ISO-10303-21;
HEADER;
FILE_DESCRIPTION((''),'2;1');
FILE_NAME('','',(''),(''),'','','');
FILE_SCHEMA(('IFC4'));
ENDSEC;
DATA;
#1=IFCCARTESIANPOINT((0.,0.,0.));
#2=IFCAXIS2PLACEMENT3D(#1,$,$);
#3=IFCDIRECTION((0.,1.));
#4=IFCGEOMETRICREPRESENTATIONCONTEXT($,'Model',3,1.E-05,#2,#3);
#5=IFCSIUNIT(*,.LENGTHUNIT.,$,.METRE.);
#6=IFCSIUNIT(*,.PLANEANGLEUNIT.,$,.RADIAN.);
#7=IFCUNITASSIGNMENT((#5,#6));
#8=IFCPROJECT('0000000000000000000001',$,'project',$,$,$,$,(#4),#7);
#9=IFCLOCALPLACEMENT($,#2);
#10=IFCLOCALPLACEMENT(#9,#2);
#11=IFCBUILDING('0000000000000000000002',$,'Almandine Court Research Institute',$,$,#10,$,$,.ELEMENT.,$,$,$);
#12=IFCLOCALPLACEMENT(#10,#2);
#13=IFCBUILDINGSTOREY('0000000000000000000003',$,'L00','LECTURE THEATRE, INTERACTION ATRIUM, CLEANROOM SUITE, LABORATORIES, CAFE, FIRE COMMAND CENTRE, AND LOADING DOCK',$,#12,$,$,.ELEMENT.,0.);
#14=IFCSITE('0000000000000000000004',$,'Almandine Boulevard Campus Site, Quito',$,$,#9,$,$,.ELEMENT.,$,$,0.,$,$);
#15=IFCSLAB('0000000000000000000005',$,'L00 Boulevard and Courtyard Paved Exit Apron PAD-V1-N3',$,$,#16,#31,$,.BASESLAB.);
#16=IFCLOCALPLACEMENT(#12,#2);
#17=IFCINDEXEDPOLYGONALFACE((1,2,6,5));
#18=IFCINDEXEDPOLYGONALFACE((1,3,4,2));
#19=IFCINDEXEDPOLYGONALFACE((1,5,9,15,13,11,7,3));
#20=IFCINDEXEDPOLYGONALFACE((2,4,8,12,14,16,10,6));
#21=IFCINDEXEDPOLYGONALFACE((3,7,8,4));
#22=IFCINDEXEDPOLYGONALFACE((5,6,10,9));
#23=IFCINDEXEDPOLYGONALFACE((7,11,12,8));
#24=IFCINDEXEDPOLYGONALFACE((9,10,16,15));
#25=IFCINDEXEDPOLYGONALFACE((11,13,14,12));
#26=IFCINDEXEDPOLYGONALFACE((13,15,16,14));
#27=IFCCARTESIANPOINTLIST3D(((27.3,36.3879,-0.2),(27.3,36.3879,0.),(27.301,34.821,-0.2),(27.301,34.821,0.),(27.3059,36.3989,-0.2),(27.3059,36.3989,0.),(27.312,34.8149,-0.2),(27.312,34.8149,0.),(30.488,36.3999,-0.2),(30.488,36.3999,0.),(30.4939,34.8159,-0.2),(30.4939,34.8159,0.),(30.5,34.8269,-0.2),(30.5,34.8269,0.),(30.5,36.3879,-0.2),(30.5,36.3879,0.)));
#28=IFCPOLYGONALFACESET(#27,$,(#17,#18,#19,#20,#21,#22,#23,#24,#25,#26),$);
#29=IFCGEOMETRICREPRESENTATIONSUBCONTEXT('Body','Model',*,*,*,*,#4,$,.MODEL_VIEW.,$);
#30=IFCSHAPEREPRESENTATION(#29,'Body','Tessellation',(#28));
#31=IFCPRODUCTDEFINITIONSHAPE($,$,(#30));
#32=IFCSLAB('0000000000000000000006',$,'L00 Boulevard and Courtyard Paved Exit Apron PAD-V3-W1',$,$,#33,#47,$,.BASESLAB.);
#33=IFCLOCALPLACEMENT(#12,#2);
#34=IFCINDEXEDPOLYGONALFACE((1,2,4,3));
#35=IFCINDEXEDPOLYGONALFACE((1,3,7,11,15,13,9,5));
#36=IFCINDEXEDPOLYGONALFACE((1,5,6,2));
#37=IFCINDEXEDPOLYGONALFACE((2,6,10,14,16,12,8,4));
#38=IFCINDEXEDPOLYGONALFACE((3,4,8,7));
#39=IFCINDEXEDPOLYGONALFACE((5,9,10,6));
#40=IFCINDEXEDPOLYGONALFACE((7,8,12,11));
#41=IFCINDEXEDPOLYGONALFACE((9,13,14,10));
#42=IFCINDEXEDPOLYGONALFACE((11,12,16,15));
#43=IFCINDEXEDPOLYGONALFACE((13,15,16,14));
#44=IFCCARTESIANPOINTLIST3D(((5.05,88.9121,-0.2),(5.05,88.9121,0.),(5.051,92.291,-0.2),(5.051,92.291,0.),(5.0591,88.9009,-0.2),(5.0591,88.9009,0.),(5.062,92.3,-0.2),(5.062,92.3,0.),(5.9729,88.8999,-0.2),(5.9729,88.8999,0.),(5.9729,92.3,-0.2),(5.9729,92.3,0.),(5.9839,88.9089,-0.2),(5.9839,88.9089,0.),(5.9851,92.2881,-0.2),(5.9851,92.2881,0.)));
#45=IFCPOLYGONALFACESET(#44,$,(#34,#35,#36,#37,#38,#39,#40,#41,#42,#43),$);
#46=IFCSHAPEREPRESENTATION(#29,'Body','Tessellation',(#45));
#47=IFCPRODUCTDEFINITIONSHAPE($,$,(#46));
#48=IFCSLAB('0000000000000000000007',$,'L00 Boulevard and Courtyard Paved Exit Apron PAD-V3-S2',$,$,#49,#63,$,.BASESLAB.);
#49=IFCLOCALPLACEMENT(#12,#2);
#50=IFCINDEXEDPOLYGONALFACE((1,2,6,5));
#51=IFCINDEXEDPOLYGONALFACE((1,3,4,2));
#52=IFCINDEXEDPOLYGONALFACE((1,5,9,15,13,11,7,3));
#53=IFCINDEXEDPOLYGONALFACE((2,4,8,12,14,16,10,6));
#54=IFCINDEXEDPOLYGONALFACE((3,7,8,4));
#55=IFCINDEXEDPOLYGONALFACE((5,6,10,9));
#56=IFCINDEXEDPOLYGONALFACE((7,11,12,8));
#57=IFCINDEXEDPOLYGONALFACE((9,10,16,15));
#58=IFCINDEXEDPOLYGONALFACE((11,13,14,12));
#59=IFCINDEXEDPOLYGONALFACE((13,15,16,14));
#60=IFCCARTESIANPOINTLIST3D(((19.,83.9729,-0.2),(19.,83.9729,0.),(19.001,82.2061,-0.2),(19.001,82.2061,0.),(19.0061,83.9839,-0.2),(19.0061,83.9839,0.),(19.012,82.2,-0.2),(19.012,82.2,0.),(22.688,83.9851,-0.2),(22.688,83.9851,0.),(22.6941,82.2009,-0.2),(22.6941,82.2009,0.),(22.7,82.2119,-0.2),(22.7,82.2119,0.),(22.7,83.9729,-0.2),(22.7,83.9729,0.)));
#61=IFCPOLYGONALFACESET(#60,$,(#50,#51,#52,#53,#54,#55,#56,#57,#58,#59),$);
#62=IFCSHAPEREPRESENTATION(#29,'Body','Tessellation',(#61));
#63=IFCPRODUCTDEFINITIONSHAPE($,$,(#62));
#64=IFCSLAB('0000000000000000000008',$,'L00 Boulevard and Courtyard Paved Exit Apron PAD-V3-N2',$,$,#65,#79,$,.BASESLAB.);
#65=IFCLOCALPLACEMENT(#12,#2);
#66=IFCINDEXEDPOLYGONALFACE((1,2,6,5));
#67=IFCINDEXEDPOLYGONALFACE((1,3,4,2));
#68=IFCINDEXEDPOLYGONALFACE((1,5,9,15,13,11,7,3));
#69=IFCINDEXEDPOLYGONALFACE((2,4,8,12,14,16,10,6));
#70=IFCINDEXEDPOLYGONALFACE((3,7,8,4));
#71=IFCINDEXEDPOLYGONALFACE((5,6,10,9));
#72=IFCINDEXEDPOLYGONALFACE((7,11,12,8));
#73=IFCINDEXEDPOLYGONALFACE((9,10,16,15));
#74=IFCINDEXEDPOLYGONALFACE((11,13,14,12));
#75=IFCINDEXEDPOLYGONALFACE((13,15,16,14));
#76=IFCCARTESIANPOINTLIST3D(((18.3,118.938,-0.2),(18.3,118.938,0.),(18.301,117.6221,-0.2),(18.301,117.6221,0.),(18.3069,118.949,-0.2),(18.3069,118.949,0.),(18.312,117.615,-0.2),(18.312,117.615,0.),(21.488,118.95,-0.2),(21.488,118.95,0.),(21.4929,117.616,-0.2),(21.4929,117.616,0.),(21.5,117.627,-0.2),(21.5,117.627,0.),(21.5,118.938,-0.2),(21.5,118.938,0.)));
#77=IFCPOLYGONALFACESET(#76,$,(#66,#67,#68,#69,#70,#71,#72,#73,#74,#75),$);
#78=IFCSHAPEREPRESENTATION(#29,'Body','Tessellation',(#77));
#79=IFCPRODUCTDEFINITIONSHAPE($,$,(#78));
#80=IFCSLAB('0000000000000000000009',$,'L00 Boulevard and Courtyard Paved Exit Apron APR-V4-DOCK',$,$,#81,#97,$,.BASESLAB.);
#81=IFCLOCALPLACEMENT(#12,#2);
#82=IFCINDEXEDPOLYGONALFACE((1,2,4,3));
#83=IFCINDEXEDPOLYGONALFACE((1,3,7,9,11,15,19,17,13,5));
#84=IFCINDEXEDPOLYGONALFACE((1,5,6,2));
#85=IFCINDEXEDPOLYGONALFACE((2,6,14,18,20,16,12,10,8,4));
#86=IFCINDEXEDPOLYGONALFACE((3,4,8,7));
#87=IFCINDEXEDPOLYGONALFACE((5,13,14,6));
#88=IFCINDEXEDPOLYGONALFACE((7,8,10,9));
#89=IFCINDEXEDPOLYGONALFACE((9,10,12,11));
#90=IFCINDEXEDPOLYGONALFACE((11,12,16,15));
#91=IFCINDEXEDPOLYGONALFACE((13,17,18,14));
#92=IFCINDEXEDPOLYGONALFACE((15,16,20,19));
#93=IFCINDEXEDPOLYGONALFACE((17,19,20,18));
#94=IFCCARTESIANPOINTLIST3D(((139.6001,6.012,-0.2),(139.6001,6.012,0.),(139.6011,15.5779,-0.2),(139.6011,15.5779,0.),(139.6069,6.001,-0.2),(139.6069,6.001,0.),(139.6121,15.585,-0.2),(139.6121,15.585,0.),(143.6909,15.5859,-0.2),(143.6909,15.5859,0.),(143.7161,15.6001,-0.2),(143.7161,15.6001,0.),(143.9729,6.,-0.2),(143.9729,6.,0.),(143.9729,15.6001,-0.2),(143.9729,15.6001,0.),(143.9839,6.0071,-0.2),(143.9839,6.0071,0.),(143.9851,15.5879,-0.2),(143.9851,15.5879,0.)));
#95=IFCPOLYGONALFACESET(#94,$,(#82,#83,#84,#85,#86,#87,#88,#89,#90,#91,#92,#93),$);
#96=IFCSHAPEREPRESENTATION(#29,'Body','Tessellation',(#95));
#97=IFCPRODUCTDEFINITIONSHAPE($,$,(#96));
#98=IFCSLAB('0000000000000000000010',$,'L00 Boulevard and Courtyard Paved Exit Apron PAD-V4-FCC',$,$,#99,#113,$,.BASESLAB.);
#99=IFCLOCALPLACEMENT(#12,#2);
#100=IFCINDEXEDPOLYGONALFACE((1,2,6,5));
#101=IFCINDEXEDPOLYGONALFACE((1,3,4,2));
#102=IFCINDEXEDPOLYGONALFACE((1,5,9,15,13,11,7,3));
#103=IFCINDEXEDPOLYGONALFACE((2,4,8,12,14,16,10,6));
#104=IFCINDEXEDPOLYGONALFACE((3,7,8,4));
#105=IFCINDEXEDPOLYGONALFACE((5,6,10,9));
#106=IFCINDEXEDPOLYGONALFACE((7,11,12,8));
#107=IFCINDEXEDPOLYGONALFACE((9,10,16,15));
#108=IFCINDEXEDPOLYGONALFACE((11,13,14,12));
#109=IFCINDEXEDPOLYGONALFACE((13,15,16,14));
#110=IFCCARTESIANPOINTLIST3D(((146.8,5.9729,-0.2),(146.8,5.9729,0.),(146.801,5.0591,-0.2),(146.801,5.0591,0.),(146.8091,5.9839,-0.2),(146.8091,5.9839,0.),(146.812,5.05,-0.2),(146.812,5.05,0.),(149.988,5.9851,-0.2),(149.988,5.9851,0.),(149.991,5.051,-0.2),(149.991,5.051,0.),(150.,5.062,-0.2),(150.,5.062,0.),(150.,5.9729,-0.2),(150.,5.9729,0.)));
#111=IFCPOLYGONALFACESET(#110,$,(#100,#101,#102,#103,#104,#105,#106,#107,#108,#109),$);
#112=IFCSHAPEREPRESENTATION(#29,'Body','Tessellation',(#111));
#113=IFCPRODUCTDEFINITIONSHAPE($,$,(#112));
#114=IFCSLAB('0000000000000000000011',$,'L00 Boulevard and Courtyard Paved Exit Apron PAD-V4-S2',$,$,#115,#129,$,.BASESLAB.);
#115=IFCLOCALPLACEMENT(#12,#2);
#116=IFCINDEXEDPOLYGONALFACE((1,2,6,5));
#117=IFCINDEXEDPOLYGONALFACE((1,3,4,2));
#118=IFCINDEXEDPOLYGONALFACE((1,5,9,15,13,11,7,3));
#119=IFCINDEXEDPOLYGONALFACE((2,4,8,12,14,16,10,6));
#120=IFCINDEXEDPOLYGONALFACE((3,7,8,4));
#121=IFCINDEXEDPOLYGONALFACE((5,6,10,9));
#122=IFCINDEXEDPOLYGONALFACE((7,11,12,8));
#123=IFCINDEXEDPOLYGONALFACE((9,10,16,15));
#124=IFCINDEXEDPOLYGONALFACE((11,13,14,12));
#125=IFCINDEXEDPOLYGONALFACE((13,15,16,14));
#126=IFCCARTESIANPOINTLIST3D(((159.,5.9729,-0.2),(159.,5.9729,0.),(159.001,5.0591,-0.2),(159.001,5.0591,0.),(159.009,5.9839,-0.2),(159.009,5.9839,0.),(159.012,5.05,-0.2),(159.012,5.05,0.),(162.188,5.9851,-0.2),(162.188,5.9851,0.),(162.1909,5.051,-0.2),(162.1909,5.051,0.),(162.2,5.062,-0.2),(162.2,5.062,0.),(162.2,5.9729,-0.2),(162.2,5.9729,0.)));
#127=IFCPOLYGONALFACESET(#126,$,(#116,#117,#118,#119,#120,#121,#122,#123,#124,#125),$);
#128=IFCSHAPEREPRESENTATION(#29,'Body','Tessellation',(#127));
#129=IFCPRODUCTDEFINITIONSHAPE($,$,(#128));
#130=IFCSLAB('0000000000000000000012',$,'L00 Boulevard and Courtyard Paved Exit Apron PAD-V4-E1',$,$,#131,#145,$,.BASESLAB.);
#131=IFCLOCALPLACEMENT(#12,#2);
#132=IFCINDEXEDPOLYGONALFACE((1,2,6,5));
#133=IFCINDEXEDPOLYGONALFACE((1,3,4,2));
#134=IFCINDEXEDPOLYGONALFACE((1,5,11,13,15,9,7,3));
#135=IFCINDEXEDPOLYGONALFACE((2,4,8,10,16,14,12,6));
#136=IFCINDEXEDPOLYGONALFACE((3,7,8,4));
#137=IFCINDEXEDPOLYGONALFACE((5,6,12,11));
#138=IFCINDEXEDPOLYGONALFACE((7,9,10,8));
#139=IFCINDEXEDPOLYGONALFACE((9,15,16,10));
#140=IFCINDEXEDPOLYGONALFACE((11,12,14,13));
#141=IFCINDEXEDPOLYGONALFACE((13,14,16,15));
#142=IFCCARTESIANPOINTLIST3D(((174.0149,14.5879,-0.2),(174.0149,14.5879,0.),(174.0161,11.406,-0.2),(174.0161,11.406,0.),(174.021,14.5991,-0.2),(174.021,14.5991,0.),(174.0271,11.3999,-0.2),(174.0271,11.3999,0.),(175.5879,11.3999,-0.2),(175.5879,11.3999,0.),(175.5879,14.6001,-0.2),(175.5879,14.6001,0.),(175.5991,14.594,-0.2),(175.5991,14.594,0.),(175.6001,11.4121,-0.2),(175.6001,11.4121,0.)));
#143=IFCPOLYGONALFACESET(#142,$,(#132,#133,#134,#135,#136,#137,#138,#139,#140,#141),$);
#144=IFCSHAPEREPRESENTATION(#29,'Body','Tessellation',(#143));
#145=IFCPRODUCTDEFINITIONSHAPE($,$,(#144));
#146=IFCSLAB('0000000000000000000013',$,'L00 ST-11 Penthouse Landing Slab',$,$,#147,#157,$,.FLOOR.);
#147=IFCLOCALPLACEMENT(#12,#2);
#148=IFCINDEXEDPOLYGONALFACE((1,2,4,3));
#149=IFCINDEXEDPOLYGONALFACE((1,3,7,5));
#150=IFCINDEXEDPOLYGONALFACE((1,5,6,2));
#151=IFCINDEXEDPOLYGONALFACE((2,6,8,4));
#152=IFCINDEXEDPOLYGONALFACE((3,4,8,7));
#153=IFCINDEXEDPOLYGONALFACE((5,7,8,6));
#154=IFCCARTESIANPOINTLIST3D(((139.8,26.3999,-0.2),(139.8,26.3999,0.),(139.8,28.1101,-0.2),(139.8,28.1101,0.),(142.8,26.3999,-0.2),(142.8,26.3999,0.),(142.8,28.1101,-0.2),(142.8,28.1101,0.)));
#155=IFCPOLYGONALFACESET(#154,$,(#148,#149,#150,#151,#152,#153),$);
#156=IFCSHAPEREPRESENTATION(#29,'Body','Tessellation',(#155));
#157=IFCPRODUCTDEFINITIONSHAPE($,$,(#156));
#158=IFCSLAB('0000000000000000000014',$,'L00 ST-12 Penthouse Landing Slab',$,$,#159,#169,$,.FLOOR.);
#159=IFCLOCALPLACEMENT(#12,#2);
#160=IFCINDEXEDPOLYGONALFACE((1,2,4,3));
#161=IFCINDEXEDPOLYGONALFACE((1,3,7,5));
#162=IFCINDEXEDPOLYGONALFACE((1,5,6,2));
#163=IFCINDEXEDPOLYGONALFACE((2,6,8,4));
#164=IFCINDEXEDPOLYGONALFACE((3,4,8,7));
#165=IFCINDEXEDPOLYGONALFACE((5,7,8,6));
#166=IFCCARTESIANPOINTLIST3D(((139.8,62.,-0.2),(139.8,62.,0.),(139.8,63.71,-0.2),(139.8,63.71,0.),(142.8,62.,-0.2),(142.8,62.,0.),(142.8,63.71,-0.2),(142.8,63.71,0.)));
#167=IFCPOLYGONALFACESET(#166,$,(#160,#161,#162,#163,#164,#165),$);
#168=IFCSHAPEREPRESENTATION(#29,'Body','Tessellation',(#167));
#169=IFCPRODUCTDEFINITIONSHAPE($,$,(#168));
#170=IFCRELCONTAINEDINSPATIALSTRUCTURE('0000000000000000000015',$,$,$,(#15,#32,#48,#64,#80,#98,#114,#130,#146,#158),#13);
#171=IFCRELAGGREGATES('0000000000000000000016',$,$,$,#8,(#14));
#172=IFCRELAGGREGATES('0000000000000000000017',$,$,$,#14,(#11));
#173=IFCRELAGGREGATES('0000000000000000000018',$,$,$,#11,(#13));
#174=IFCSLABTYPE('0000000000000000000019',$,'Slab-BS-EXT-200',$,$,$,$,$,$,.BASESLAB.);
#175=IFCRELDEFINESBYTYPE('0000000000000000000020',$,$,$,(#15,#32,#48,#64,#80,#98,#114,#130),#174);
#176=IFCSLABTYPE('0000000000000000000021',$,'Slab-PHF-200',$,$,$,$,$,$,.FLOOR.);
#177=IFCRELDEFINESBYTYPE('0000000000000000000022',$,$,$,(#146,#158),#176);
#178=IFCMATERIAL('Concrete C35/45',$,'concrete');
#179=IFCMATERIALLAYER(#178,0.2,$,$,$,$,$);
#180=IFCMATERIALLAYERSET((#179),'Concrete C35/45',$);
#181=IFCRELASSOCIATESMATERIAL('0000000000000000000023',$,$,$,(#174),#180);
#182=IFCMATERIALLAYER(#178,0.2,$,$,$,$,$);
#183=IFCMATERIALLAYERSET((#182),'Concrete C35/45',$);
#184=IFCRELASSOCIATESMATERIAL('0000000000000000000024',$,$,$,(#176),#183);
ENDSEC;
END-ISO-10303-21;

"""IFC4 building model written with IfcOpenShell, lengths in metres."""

from ifc_helpers import new_model, si_unit, direction, frame, origin, place, context, subcontext, project, spatial, polyline, outline, extrude, material, layer, layer_set, type_object, element, save


model = new_model("IFC4")

# Units and contexts
model_context = context("Model", 3, precision=1e-05, world=origin(), true_north=direction((0.0, 1.0)))
body_context = subcontext(model_context, "Body", "Model", "MODEL_VIEW")
ifc_project = project(units=[si_unit("LENGTHUNIT", "METRE"), si_unit("PLANEANGLEUNIT", "RADIAN")], contexts=[model_context])

# Site, building, storey
site_placement = place(None, origin())
site = spatial("IfcSite", under=ifc_project, at=site_placement, Name="Almandine Boulevard Campus Site, Quito", CompositionType="ELEMENT", RefElevation=0.0)
building_placement = place(site_placement, origin())
building = spatial("IfcBuilding", under=site, at=building_placement, Name="Almandine Court Research Institute", CompositionType="ELEMENT")
storey_placement = place(building_placement, origin())
storey = spatial("IfcBuildingStorey", under=building, at=storey_placement, Name="L00", Description="LECTURE THEATRE, INTERACTION ATRIUM, CLEANROOM SUITE, LABORATORIES, CAFE, FIRE COMMAND CENTRE, AND LOADING DOCK", CompositionType="ELEMENT", Elevation=0.0)

# Slabs
ifc_material = material(Name="Concrete C35/45", Category="concrete")
ifc_layer_1 = layer(ifc_material, 0.2)
ifc_layer_set_1 = layer_set([ifc_layer_1], Name="Concrete C35/45")
slab_type_1 = type_object("IfcSlabType", Name="Slab-BS-EXT-200", PredefinedType="BASESLAB", material=ifc_layer_set_1)
slab_1_placement = place(storey_placement, frame((0.0, 0.0, -0.2)))
element("IfcSlab", 1, at=slab_1_placement, inside=storey, type_object=slab_type_1, Name="L00 Boulevard and Courtyard Paved Exit Apron PAD-V1-N3", PredefinedType="BASESLAB", context=body_context, shape_type="SweptSolid", body=[
    extrude(outline(polyline([(30.488, 36.3999), (30.5, 36.3879), (30.5, 34.8269), (30.4939, 34.8159), (27.312, 34.8149), (27.301, 34.821), (27.3, 36.3879), (27.3059, 36.3989), (30.488, 36.3999)])), origin(), (0.0, 0.0, 1.0), 0.2),
])
slab_2_placement = place(storey_placement, frame((0.0, 0.0, -0.2)))
element("IfcSlab", 2, at=slab_2_placement, inside=storey, type_object=slab_type_1, Name="L00 Boulevard and Courtyard Paved Exit Apron PAD-V3-W1", PredefinedType="BASESLAB", context=body_context, shape_type="SweptSolid", body=[
    extrude(outline(polyline([(5.9729, 92.3), (5.9851, 92.2881), (5.9839, 88.9089), (5.9729, 88.8999), (5.0591, 88.9009), (5.05, 88.9121), (5.051, 92.291), (5.062, 92.3), (5.9729, 92.3)])), origin(), (0.0, 0.0, 1.0), 0.2),
])
slab_3_placement = place(storey_placement, frame((0.0, 0.0, -0.2)))
element("IfcSlab", 3, at=slab_3_placement, inside=storey, type_object=slab_type_1, Name="L00 Boulevard and Courtyard Paved Exit Apron PAD-V3-S2", PredefinedType="BASESLAB", context=body_context, shape_type="SweptSolid", body=[
    extrude(outline(polyline([(22.688, 83.9851), (22.7, 83.9729), (22.7, 82.2119), (22.6941, 82.2009), (19.012, 82.2), (19.001, 82.2061), (19.0, 83.9729), (19.0061, 83.9839), (22.688, 83.9851)])), origin(), (0.0, 0.0, 1.0), 0.2),
])
slab_4_placement = place(storey_placement, frame((0.0, 0.0, -0.2)))
element("IfcSlab", 4, at=slab_4_placement, inside=storey, type_object=slab_type_1, Name="L00 Boulevard and Courtyard Paved Exit Apron PAD-V3-N2", PredefinedType="BASESLAB", context=body_context, shape_type="SweptSolid", body=[
    extrude(outline(polyline([(21.488, 118.95), (21.5, 118.938), (21.5, 117.627), (21.4929, 117.616), (18.312, 117.615), (18.301, 117.6221), (18.3, 118.938), (18.3069, 118.949), (21.488, 118.95)])), origin(), (0.0, 0.0, 1.0), 0.2),
])
slab_5_placement = place(storey_placement, frame((0.0, 0.0, -0.2)))
element("IfcSlab", 5, at=slab_5_placement, inside=storey, type_object=slab_type_1, Name="L00 Boulevard and Courtyard Paved Exit Apron APR-V4-DOCK", PredefinedType="BASESLAB", context=body_context, shape_type="SweptSolid", body=[
    extrude(outline(polyline([(143.6909, 15.5859), (143.7161, 15.6001), (143.9729, 15.6001), (143.9851, 15.5879), (143.9839, 6.0071), (143.9729, 6.0), (139.6069, 6.001), (139.6001, 6.012), (139.6011, 15.5779), (139.6121, 15.585), (143.6909, 15.5859)])), origin(), (0.0, 0.0, 1.0), 0.2),
])
slab_6_placement = place(storey_placement, frame((0.0, 0.0, -0.2)))
element("IfcSlab", 6, at=slab_6_placement, inside=storey, type_object=slab_type_1, Name="L00 Boulevard and Courtyard Paved Exit Apron PAD-V4-FCC", PredefinedType="BASESLAB", context=body_context, shape_type="SweptSolid", body=[
    extrude(outline(polyline([(149.988, 5.9851), (150.0, 5.9729), (150.0, 5.062), (149.991, 5.051), (146.812, 5.05), (146.801, 5.0591), (146.8, 5.9729), (146.8091, 5.9839), (149.988, 5.9851)])), origin(), (0.0, 0.0, 1.0), 0.2),
])
slab_7_placement = place(storey_placement, frame((0.0, 0.0, -0.2)))
element("IfcSlab", 7, at=slab_7_placement, inside=storey, type_object=slab_type_1, Name="L00 Boulevard and Courtyard Paved Exit Apron PAD-V4-S2", PredefinedType="BASESLAB", context=body_context, shape_type="SweptSolid", body=[
    extrude(outline(polyline([(162.188, 5.9851), (162.2, 5.9729), (162.2, 5.062), (162.1909, 5.051), (159.012, 5.05), (159.001, 5.0591), (159.0, 5.9729), (159.009, 5.9839), (162.188, 5.9851)])), origin(), (0.0, 0.0, 1.0), 0.2),
])
slab_8_placement = place(storey_placement, frame((0.0, 0.0, -0.2)))
element("IfcSlab", 8, at=slab_8_placement, inside=storey, type_object=slab_type_1, Name="L00 Boulevard and Courtyard Paved Exit Apron PAD-V4-E1", PredefinedType="BASESLAB", context=body_context, shape_type="SweptSolid", body=[
    extrude(outline(polyline([(175.6001, 11.4121), (175.5879, 11.3999), (174.0271, 11.3999), (174.0161, 11.406), (174.0149, 14.5879), (174.021, 14.5991), (175.5879, 14.6001), (175.5991, 14.594), (175.6001, 11.4121)])), origin(), (0.0, 0.0, 1.0), 0.2),
])
ifc_layer_2 = layer(ifc_material, 0.2)
ifc_layer_set_2 = layer_set([ifc_layer_2], Name="Concrete C35/45")
slab_type_2 = type_object("IfcSlabType", Name="Slab-PHF-200", PredefinedType="FLOOR", material=ifc_layer_set_2)
slab_9_placement = place(storey_placement, frame((0.0, 0.0, -0.2)))
element("IfcSlab", 9, at=slab_9_placement, inside=storey, type_object=slab_type_2, Name="L00 ST-11 Penthouse Landing Slab", PredefinedType="FLOOR", context=body_context, shape_type="SweptSolid", body=[
    extrude(outline(polyline([(142.8, 26.3999), (142.8, 28.1101), (139.8, 28.1101), (139.8, 26.3999), (142.8, 26.3999)])), origin(), (0.0, 0.0, 1.0), 0.2),
])
slab_10_placement = place(storey_placement, frame((0.0, 0.0, -0.2)))
element("IfcSlab", 10, at=slab_10_placement, inside=storey, type_object=slab_type_2, Name="L00 ST-12 Penthouse Landing Slab", PredefinedType="FLOOR", context=body_context, shape_type="SweptSolid", body=[
    extrude(outline(polyline([(142.8, 62.0), (142.8, 63.71), (139.8, 63.71), (139.8, 62.0), (142.8, 62.0)])), origin(), (0.0, 0.0, 1.0), 0.2),
])

save(model, "model.ifc")
